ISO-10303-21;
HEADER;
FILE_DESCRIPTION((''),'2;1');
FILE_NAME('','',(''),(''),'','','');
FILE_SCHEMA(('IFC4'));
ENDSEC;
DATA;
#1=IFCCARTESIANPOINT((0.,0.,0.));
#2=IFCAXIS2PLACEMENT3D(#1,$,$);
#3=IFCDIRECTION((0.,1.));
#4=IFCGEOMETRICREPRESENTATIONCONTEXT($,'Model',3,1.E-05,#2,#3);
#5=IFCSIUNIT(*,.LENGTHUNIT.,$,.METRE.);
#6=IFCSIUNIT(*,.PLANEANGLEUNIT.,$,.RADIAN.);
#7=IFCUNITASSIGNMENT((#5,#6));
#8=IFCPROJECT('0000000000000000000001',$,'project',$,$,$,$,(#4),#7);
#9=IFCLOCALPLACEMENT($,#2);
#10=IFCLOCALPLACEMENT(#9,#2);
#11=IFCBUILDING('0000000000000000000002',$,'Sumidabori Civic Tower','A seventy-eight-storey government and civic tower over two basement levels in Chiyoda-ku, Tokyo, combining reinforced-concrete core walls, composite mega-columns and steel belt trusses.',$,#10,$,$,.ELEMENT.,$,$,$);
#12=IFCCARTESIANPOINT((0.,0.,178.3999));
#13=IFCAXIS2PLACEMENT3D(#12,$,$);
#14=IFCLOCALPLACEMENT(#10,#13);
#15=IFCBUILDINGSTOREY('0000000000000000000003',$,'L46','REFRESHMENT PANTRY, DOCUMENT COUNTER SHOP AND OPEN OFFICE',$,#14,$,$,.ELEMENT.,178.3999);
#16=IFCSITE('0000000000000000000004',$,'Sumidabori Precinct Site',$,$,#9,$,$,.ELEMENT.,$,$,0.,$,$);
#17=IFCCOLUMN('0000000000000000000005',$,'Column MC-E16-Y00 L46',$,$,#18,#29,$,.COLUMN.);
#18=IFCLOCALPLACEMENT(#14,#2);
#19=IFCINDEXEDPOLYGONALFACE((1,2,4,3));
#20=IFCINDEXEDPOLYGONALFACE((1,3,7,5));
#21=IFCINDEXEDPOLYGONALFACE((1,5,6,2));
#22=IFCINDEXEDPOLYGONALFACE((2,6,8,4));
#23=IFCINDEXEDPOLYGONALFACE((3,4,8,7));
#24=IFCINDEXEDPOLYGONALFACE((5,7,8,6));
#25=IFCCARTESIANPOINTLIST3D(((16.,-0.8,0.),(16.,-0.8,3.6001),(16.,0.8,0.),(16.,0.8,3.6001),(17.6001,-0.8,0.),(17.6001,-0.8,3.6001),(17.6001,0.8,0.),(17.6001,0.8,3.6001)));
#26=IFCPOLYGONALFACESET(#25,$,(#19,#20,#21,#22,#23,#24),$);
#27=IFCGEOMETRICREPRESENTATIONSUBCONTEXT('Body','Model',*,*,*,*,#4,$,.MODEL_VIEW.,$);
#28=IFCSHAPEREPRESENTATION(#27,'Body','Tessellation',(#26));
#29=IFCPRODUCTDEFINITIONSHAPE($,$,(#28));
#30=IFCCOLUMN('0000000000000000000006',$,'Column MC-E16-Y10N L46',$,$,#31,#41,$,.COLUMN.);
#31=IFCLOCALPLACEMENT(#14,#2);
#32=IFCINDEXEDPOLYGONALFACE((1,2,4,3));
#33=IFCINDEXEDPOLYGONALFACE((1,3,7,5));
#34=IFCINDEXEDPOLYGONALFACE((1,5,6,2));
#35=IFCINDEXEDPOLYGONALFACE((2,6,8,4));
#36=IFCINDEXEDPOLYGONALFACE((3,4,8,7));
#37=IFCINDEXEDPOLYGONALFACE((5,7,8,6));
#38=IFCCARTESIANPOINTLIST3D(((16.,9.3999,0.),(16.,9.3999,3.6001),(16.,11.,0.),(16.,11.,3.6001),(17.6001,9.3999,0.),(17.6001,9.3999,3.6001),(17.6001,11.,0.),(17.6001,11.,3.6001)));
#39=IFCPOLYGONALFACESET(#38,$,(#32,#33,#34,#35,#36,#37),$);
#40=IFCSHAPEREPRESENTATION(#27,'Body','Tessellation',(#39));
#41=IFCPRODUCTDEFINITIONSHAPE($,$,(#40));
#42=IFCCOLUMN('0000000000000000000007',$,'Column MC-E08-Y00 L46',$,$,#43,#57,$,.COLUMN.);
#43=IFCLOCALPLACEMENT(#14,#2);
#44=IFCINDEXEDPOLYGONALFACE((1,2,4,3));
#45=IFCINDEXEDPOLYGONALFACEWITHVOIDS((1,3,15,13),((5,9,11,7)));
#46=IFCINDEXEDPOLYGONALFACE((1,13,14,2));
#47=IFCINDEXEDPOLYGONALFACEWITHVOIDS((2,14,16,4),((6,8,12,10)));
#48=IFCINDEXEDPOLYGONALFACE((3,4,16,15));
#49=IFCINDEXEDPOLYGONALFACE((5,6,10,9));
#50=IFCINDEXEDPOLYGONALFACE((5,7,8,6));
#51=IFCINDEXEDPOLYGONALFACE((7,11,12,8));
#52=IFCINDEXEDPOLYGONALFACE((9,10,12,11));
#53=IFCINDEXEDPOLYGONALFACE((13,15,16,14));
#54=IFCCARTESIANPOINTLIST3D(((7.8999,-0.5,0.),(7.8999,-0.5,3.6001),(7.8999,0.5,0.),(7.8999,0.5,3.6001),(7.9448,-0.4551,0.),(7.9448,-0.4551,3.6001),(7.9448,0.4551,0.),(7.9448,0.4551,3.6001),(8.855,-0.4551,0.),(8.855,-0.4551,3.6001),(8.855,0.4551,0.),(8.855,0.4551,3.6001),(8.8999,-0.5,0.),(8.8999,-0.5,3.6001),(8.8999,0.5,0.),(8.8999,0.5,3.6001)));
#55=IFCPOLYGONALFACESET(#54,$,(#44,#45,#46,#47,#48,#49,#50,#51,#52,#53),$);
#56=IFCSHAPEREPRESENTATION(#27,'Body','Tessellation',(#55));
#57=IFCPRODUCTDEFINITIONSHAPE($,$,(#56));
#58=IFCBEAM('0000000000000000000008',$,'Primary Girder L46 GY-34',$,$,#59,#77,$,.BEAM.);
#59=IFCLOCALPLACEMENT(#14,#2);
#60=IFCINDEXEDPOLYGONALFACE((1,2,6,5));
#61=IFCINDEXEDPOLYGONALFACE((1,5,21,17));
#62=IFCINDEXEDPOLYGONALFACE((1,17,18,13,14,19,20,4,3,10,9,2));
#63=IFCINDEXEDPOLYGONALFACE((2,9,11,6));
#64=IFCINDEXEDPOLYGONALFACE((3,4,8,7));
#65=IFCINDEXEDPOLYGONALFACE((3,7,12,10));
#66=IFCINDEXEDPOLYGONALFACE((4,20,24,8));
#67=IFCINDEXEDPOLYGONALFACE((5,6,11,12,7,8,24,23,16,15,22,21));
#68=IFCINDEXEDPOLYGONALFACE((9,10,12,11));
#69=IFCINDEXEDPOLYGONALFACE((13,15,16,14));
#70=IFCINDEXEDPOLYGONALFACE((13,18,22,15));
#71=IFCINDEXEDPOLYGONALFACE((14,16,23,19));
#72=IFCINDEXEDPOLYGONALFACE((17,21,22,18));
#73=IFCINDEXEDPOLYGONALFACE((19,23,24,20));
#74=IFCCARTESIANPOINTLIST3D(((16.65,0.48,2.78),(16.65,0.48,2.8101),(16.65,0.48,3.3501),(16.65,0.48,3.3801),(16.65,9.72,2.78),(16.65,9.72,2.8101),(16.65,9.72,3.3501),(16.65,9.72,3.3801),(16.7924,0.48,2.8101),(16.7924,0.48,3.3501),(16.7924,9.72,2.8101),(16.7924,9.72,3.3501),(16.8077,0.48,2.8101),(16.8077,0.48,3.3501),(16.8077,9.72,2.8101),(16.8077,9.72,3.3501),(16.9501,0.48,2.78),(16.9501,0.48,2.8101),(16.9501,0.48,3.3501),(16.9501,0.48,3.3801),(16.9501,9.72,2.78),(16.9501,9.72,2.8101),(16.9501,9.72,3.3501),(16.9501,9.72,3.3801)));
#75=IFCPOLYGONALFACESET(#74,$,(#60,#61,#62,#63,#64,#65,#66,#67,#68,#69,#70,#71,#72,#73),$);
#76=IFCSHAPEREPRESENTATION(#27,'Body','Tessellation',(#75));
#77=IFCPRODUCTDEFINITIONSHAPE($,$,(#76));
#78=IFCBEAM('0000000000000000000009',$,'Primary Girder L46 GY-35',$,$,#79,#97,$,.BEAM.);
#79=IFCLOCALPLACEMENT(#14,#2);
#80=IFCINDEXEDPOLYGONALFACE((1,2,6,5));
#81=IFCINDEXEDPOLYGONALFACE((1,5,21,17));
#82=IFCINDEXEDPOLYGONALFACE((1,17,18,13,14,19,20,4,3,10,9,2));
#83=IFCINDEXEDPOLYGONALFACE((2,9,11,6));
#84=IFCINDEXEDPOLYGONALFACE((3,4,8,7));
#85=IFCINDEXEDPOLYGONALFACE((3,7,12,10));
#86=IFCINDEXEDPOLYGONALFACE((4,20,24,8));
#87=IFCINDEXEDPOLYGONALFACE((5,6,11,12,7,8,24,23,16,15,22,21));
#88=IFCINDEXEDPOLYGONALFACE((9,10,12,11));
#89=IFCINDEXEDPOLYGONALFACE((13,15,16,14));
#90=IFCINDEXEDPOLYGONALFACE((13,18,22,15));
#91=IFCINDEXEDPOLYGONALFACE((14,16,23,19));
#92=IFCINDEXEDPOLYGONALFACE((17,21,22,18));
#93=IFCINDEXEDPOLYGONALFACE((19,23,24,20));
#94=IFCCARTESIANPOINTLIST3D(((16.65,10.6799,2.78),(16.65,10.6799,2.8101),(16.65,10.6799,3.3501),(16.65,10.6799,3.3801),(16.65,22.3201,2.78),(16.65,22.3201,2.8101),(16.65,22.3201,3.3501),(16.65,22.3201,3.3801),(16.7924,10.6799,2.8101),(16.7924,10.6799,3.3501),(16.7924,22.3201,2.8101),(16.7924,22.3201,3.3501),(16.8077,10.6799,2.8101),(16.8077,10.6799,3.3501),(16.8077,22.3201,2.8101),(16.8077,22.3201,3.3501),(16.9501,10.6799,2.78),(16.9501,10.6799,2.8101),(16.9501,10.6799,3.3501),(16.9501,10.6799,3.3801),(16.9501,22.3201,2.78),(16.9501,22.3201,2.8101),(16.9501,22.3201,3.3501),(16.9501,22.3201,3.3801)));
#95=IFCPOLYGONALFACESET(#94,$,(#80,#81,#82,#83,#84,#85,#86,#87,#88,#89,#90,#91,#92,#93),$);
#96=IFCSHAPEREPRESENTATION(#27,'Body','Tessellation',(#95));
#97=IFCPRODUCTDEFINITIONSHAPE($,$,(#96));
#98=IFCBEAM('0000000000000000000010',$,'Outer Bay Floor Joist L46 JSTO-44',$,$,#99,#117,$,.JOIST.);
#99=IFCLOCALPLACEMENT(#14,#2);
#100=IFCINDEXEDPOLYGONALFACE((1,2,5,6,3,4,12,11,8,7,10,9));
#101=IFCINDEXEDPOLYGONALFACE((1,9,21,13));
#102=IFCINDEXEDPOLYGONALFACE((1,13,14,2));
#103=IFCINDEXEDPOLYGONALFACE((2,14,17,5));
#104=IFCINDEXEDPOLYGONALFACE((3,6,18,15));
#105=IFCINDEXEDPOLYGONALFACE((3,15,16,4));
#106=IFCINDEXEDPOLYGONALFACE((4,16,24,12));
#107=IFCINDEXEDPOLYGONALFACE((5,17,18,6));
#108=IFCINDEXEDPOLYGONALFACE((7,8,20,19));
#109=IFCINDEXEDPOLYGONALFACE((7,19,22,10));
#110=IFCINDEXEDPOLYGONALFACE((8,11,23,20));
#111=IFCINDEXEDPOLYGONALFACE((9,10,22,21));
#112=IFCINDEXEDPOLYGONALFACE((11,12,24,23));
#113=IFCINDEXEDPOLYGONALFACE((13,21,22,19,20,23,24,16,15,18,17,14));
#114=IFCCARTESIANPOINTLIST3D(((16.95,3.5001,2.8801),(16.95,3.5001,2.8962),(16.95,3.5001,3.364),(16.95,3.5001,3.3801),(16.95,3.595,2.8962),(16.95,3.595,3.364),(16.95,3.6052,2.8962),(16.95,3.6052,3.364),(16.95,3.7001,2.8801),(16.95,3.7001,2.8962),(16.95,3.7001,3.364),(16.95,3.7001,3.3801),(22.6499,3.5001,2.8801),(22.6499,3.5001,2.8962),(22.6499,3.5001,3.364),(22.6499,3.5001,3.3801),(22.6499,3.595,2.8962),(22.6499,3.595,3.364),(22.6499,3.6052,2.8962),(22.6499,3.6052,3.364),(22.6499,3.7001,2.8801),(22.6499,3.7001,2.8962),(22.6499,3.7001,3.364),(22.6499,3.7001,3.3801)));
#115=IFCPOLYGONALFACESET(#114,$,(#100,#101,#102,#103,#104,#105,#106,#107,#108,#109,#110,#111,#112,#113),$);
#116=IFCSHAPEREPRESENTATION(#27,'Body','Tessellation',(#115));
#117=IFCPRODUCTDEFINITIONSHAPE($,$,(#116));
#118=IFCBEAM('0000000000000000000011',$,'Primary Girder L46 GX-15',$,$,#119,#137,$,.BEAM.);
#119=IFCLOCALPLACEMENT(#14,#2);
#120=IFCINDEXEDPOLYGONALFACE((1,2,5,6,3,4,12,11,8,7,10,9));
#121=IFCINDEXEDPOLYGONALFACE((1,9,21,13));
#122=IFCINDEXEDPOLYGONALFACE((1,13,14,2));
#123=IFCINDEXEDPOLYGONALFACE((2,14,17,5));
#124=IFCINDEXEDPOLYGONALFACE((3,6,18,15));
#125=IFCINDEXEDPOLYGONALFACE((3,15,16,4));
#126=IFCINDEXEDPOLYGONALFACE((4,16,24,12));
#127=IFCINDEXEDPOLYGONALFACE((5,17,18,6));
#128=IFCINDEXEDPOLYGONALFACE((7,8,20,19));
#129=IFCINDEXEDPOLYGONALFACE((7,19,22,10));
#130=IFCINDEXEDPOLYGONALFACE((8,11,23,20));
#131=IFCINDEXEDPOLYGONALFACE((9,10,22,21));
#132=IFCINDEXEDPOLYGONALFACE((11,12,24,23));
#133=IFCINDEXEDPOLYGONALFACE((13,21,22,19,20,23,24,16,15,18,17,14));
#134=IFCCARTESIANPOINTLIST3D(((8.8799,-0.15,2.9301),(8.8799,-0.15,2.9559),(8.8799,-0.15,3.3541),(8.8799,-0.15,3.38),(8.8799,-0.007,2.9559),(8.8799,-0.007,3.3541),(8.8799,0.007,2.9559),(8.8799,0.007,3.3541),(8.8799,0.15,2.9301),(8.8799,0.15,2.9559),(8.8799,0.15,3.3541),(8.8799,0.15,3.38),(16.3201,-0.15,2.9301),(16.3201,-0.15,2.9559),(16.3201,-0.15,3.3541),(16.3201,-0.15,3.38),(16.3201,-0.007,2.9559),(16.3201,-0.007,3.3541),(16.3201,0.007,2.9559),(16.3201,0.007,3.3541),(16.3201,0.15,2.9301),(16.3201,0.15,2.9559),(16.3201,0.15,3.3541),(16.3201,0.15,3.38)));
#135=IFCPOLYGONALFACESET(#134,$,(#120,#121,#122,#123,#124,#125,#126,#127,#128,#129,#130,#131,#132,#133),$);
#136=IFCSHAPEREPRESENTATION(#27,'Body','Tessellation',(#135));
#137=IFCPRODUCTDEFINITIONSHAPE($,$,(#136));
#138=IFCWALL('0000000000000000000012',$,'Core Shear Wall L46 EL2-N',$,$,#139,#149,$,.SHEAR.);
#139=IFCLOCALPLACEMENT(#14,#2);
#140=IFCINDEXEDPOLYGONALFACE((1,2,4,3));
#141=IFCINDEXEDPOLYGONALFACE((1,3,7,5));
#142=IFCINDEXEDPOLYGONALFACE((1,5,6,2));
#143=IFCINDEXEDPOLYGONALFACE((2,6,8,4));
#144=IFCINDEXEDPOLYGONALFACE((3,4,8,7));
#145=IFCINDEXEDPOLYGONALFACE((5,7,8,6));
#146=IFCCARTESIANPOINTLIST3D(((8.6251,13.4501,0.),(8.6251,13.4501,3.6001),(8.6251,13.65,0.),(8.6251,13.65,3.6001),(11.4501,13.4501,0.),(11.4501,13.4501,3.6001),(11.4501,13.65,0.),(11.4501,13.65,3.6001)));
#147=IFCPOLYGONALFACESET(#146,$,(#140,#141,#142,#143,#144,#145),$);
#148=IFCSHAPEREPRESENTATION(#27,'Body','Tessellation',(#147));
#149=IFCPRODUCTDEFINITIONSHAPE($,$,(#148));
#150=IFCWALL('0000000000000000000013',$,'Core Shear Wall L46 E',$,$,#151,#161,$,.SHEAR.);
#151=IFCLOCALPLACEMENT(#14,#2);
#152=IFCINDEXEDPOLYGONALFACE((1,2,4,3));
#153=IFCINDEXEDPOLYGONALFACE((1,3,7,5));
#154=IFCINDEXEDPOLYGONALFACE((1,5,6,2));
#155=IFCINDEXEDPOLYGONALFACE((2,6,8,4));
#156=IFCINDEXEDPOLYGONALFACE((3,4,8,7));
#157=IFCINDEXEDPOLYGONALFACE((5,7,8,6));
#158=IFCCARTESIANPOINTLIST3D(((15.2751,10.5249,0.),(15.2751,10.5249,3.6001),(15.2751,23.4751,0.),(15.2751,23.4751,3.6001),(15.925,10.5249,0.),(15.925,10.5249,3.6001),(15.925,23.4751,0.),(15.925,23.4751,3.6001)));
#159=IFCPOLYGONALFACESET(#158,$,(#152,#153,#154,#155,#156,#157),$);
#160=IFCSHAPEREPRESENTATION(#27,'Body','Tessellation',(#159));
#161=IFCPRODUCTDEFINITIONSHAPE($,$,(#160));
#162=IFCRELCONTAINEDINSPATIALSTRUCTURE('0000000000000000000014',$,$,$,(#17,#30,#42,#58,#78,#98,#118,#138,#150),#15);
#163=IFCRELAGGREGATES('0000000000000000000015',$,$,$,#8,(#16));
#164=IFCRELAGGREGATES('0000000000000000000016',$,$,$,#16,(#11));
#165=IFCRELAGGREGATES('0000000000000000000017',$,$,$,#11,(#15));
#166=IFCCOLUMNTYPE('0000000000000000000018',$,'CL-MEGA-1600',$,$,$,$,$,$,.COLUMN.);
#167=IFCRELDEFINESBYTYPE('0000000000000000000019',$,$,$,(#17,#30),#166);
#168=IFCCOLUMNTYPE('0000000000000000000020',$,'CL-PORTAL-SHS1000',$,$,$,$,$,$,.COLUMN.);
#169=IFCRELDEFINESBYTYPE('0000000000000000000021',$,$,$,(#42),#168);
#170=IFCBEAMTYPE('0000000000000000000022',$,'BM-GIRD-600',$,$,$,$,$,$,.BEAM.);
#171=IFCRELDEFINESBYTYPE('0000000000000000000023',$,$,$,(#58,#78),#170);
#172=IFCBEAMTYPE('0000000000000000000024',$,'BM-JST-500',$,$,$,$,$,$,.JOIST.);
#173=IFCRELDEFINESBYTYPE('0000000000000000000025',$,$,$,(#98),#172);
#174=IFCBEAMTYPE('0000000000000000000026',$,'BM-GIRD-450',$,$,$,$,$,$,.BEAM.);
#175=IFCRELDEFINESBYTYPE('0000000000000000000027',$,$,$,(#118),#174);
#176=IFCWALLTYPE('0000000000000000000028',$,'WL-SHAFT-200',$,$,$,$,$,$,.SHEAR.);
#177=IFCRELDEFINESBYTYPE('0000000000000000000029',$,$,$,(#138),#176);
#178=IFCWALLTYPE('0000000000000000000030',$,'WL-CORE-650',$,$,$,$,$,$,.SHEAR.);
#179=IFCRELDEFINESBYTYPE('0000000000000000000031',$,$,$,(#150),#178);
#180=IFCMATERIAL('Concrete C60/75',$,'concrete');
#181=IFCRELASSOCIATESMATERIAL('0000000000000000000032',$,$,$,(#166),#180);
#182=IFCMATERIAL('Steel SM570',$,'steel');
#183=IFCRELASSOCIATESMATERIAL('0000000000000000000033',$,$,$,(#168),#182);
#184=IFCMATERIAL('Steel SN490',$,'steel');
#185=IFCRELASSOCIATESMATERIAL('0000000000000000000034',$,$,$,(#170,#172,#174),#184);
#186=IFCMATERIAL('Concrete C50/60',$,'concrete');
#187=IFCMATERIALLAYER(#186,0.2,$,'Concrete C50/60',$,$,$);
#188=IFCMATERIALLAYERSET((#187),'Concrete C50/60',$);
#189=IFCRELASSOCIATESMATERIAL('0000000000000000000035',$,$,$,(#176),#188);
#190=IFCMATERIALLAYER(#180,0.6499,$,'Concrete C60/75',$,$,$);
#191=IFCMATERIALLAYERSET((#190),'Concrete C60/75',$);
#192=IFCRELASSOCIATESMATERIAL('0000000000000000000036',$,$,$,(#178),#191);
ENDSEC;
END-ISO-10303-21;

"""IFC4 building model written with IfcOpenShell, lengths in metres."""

from ifc_helpers import new_model, si_unit, direction, frame, frame_2d, origin, origin_2d, place, context, subcontext, project, spatial, rectangle, hollow_rectangle, i_section, extrude, source, transform, mapped, material, layer, layer_set, material_profile, profile_set, type_object, element, save


model = new_model("IFC4")

# Units and contexts
model_context = context("Model", 3, precision=1e-05, world=origin(), true_north=direction((0.0, 1.0)))
body_context = subcontext(model_context, "Body", "Model", "MODEL_VIEW")
ifc_project = project(units=[si_unit("LENGTHUNIT", "METRE"), si_unit("PLANEANGLEUNIT", "RADIAN")], contexts=[model_context])

# Site, building, storey
site_placement = place(None, origin())
site = spatial("IfcSite", under=ifc_project, at=site_placement, Name="Sumidabori Precinct Site", CompositionType="ELEMENT", RefElevation=0.0)
building_placement = place(site_placement, origin())
building = spatial("IfcBuilding", under=site, at=building_placement, Name="Sumidabori Civic Tower", Description="A seventy-eight-storey government and civic tower over two basement levels in Chiyoda-ku, Tokyo, combining reinforced-concrete core walls, composite mega-columns and steel belt trusses.", CompositionType="ELEMENT")
storey_placement = place(building_placement, frame((0.0, 0.0, 178.3999)))
storey = spatial("IfcBuildingStorey", under=building, at=storey_placement, Name="L46", Description="REFRESHMENT PANTRY, DOCUMENT COUNTER SHOP AND OPEN OFFICE", CompositionType="ELEMENT", Elevation=178.3999)

# Columns
ifc_material_1 = material(Name="Concrete C60/75", Category="concrete")
ifc_material_profile_1 = material_profile(ifc_material_1, rectangle(XDim=1.6001, YDim=1.6001, at=origin_2d()), Name="RC 1600x1600")
ifc_profile_set_1 = profile_set([ifc_material_profile_1], Name="Concrete C60/75")
column_type_1 = type_object("IfcColumnType", Name="CL-MEGA-1600", PredefinedType="COLUMN", material=ifc_profile_set_1)
shared_shape_1 = source(origin(), body_context, "Body", "SweptSolid", [
    extrude(rectangle(XDim=1.6001, YDim=1.6001, at=origin_2d()), origin(), (0.0, 0.0, 1.0), 3.6001),
])
for number, where, z_axis, x_axis, name in (
    (1, (16.8, 0.0, 0.0), (0.0, 0.0, 1.0), (1.0, 0.0, 0.0), "Column MC-E16-Y00 L46"),
    (2, (16.8, 10.2, 0.0), (0.0, 0.0, 1.0), (1.0, 0.0, 0.0), "Column MC-E16-Y10N L46"),
):
    element("IfcColumn", number, at=place(storey_placement, frame(where, z_axis=z_axis, x_axis=x_axis)), inside=storey, type_object=column_type_1, Name=name, PredefinedType="COLUMN", context=body_context, shape_type="MappedRepresentation", body=[
        mapped(shared_shape_1, transform((0.0, 0.0, 0.0), x_axis=(1.0, 0.0, 0.0), y_axis=(0.0, 1.0, 0.0), z_axis=(0.0, 0.0, 1.0), scale=1.0)),
    ])
ifc_material_2 = material(Name="Steel SM570", Category="steel")
ifc_material_profile_2 = material_profile(ifc_material_2, hollow_rectangle(XDim=1.0, YDim=1.0, WallThickness=0.0449, at=origin_2d()), Name="SHS 1000x1000x45")
ifc_profile_set_2 = profile_set([ifc_material_profile_2], Name="Steel SM570")
column_type_2 = type_object("IfcColumnType", Name="CL-PORTAL-SHS1000", PredefinedType="COLUMN", material=ifc_profile_set_2)
shared_shape_2 = source(origin(), body_context, "Body", "SweptSolid", [
    extrude(hollow_rectangle(XDim=1.0, YDim=1.0, WallThickness=0.0449, at=origin_2d()), origin(), (0.0, 0.0, 1.0), 3.6001),
])
column_placement = place(storey_placement, frame((8.3999, 0.0, 0.0), z_axis=(0.0, 0.0, 1.0), x_axis=(1.0, 0.0, 0.0)))
element("IfcColumn", 3, at=column_placement, inside=storey, type_object=column_type_2, Name="Column MC-E08-Y00 L46", PredefinedType="COLUMN", context=body_context, shape_type="MappedRepresentation", body=[
    mapped(shared_shape_2, transform((0.0, 0.0, 0.0), x_axis=(1.0, 0.0, 0.0), y_axis=(0.0, 1.0, 0.0), z_axis=(0.0, 0.0, 1.0), scale=1.0)),
])

# Beams
ifc_material_3 = material(Name="Steel SN490", Category="steel")
ifc_material_profile_3 = material_profile(ifc_material_3, i_section(OverallWidth=0.3, OverallDepth=0.6001, WebThickness=0.0154, FlangeThickness=0.03, at=origin_2d()), Name="HE 600 B")
ifc_profile_set_3 = profile_set([ifc_material_profile_3], Name="Steel SN490")
beam_type_1 = type_object("IfcBeamType", Name="BM-GIRD-600", PredefinedType="BEAM", material=ifc_profile_set_3)
shared_shape_3 = source(origin(), body_context, "Body", "SweptSolid", [
    extrude(i_section(OverallWidth=0.3, OverallDepth=0.6001, WebThickness=0.0154, FlangeThickness=0.03, at=origin_2d()), origin(), (0.0, 0.0, 1.0), 9.24),
])
beam_1_placement = place(storey_placement, frame((16.8, 0.48, 3.0801), z_axis=(0.0, 1.0, 0.0), x_axis=(-1.0, 0.0, 0.0)))
element("IfcBeam", 4, at=beam_1_placement, inside=storey, type_object=beam_type_1, Name="Primary Girder L46 GY-34", PredefinedType="BEAM", context=body_context, shape_type="MappedRepresentation", body=[
    mapped(shared_shape_3, transform((0.0, 0.0, 0.0), x_axis=(1.0, 0.0, 0.0), y_axis=(0.0, 1.0, 0.0), z_axis=(0.0, 0.0, 1.0), scale=1.0)),
])
shared_shape_4 = source(origin(), body_context, "Body", "SweptSolid", [
    extrude(i_section(OverallWidth=0.3, OverallDepth=0.6001, WebThickness=0.0154, FlangeThickness=0.03, at=origin_2d()), origin(), (0.0, 0.0, 1.0), 11.6401),
])
beam_2_placement = place(storey_placement, frame((16.8, 10.6799, 3.0801), z_axis=(0.0, 1.0, 0.0), x_axis=(-1.0, 0.0, 0.0)))
element("IfcBeam", 5, at=beam_2_placement, inside=storey, type_object=beam_type_1, Name="Primary Girder L46 GY-35", PredefinedType="BEAM", context=body_context, shape_type="MappedRepresentation", body=[
    mapped(shared_shape_4, transform((0.0, 0.0, 0.0), x_axis=(1.0, 0.0, 0.0), y_axis=(0.0, 1.0, 0.0), z_axis=(0.0, 0.0, 1.0), scale=1.0)),
])
ifc_material_profile_4 = material_profile(ifc_material_3, i_section(OverallWidth=0.2, OverallDepth=0.5, WebThickness=0.0103, FlangeThickness=0.0161, at=origin_2d()), Name="IPE 500")
ifc_profile_set_4 = profile_set([ifc_material_profile_4], Name="Steel SN490")
beam_type_2 = type_object("IfcBeamType", Name="BM-JST-500", PredefinedType="JOIST", material=ifc_profile_set_4)
shared_shape_5 = source(origin(), body_context, "Body", "SweptSolid", [
    extrude(i_section(OverallWidth=0.2, OverallDepth=0.5, WebThickness=0.0103, FlangeThickness=0.0161, at=origin_2d()), origin(), (0.0, 0.0, 1.0), 5.7),
])
beam_3_placement = place(storey_placement, frame((16.95, 3.6001, 3.1301), z_axis=(1.0, 0.0, 0.0), x_axis=(0.0, 1.0, 0.0)))
element("IfcBeam", 6, at=beam_3_placement, inside=storey, type_object=beam_type_2, Name="Outer Bay Floor Joist L46 JSTO-44", PredefinedType="JOIST", context=body_context, shape_type="MappedRepresentation", body=[
    mapped(shared_shape_5, transform((0.0, 0.0, 0.0), x_axis=(1.0, 0.0, 0.0), y_axis=(0.0, 1.0, 0.0), z_axis=(0.0, 0.0, 1.0), scale=1.0)),
])
ifc_material_profile_5 = material_profile(ifc_material_3, i_section(OverallWidth=0.3, OverallDepth=0.45, WebThickness=0.0139, FlangeThickness=0.0259, at=origin_2d()), Name="HE 450 B")
ifc_profile_set_5 = profile_set([ifc_material_profile_5], Name="Steel SN490")
beam_type_3 = type_object("IfcBeamType", Name="BM-GIRD-450", PredefinedType="BEAM", material=ifc_profile_set_5)
shared_shape_6 = source(origin(), body_context, "Body", "SweptSolid", [
    extrude(i_section(OverallWidth=0.3, OverallDepth=0.45, WebThickness=0.0139, FlangeThickness=0.0259, at=origin_2d()), origin(), (0.0, 0.0, 1.0), 7.4402),
])
beam_4_placement = place(storey_placement, frame((8.8799, 0.0, 3.155), z_axis=(1.0, 0.0, 0.0), x_axis=(0.0, 1.0, 0.0)))
element("IfcBeam", 7, at=beam_4_placement, inside=storey, type_object=beam_type_3, Name="Primary Girder L46 GX-15", PredefinedType="BEAM", context=body_context, shape_type="MappedRepresentation", body=[
    mapped(shared_shape_6, transform((0.0, 0.0, 0.0), x_axis=(1.0, 0.0, 0.0), y_axis=(0.0, 1.0, 0.0), z_axis=(0.0, 0.0, 1.0), scale=1.0)),
])

# Walls
ifc_material_4 = material(Name="Concrete C50/60", Category="concrete")
ifc_layer_1 = layer(ifc_material_4, 0.2, Name="Concrete C50/60")
ifc_layer_set_1 = layer_set([ifc_layer_1], Name="Concrete C50/60")
wall_type_1 = type_object("IfcWallType", Name="WL-SHAFT-200", PredefinedType="SHEAR", material=ifc_layer_set_1)
shared_shape_7 = source(origin(), body_context, "Body", "SweptSolid", [
    extrude(rectangle(XDim=2.825, YDim=0.2, at=frame_2d((1.4126, 0.0))), origin(), (0.0, 0.0, 1.0), 3.6001),
])
wall_1_placement = place(storey_placement, frame((8.625, 13.55, 0.0), z_axis=(0.0, 0.0, 1.0), x_axis=(1.0, 0.0, 0.0)))
element("IfcWall", 8, at=wall_1_placement, inside=storey, type_object=wall_type_1, Name="Core Shear Wall L46 EL2-N", PredefinedType="SHEAR", context=body_context, shape_type="MappedRepresentation", body=[
    mapped(shared_shape_7, transform((0.0, 0.0, 0.0), x_axis=(1.0, 0.0, 0.0), y_axis=(0.0, 1.0, 0.0), z_axis=(0.0, 0.0, 1.0), scale=1.0)),
])
ifc_layer_2 = layer(ifc_material_1, 0.6499, Name="Concrete C60/75")
ifc_layer_set_2 = layer_set([ifc_layer_2], Name="Concrete C60/75")
wall_type_2 = type_object("IfcWallType", Name="WL-CORE-650", PredefinedType="SHEAR", material=ifc_layer_set_2)
shared_shape_8 = source(origin(), body_context, "Body", "SweptSolid", [
    extrude(rectangle(XDim=12.9502, YDim=0.6499, at=frame_2d((6.4751, 0.0))), origin(), (0.0, 0.0, 1.0), 3.6001),
])
wall_2_placement = place(storey_placement, frame((15.6001, 10.5249, 0.0), z_axis=(0.0, 0.0, 1.0), x_axis=(0.0, 1.0, 0.0)))
element("IfcWall", 9, at=wall_2_placement, inside=storey, type_object=wall_type_2, Name="Core Shear Wall L46 E", PredefinedType="SHEAR", context=body_context, shape_type="MappedRepresentation", body=[
    mapped(shared_shape_8, transform((0.0, 0.0, 0.0), x_axis=(1.0, 0.0, 0.0), y_axis=(0.0, 1.0, 0.0), z_axis=(0.0, 0.0, 1.0), scale=1.0)),
])

save(model, "model.ifc")
